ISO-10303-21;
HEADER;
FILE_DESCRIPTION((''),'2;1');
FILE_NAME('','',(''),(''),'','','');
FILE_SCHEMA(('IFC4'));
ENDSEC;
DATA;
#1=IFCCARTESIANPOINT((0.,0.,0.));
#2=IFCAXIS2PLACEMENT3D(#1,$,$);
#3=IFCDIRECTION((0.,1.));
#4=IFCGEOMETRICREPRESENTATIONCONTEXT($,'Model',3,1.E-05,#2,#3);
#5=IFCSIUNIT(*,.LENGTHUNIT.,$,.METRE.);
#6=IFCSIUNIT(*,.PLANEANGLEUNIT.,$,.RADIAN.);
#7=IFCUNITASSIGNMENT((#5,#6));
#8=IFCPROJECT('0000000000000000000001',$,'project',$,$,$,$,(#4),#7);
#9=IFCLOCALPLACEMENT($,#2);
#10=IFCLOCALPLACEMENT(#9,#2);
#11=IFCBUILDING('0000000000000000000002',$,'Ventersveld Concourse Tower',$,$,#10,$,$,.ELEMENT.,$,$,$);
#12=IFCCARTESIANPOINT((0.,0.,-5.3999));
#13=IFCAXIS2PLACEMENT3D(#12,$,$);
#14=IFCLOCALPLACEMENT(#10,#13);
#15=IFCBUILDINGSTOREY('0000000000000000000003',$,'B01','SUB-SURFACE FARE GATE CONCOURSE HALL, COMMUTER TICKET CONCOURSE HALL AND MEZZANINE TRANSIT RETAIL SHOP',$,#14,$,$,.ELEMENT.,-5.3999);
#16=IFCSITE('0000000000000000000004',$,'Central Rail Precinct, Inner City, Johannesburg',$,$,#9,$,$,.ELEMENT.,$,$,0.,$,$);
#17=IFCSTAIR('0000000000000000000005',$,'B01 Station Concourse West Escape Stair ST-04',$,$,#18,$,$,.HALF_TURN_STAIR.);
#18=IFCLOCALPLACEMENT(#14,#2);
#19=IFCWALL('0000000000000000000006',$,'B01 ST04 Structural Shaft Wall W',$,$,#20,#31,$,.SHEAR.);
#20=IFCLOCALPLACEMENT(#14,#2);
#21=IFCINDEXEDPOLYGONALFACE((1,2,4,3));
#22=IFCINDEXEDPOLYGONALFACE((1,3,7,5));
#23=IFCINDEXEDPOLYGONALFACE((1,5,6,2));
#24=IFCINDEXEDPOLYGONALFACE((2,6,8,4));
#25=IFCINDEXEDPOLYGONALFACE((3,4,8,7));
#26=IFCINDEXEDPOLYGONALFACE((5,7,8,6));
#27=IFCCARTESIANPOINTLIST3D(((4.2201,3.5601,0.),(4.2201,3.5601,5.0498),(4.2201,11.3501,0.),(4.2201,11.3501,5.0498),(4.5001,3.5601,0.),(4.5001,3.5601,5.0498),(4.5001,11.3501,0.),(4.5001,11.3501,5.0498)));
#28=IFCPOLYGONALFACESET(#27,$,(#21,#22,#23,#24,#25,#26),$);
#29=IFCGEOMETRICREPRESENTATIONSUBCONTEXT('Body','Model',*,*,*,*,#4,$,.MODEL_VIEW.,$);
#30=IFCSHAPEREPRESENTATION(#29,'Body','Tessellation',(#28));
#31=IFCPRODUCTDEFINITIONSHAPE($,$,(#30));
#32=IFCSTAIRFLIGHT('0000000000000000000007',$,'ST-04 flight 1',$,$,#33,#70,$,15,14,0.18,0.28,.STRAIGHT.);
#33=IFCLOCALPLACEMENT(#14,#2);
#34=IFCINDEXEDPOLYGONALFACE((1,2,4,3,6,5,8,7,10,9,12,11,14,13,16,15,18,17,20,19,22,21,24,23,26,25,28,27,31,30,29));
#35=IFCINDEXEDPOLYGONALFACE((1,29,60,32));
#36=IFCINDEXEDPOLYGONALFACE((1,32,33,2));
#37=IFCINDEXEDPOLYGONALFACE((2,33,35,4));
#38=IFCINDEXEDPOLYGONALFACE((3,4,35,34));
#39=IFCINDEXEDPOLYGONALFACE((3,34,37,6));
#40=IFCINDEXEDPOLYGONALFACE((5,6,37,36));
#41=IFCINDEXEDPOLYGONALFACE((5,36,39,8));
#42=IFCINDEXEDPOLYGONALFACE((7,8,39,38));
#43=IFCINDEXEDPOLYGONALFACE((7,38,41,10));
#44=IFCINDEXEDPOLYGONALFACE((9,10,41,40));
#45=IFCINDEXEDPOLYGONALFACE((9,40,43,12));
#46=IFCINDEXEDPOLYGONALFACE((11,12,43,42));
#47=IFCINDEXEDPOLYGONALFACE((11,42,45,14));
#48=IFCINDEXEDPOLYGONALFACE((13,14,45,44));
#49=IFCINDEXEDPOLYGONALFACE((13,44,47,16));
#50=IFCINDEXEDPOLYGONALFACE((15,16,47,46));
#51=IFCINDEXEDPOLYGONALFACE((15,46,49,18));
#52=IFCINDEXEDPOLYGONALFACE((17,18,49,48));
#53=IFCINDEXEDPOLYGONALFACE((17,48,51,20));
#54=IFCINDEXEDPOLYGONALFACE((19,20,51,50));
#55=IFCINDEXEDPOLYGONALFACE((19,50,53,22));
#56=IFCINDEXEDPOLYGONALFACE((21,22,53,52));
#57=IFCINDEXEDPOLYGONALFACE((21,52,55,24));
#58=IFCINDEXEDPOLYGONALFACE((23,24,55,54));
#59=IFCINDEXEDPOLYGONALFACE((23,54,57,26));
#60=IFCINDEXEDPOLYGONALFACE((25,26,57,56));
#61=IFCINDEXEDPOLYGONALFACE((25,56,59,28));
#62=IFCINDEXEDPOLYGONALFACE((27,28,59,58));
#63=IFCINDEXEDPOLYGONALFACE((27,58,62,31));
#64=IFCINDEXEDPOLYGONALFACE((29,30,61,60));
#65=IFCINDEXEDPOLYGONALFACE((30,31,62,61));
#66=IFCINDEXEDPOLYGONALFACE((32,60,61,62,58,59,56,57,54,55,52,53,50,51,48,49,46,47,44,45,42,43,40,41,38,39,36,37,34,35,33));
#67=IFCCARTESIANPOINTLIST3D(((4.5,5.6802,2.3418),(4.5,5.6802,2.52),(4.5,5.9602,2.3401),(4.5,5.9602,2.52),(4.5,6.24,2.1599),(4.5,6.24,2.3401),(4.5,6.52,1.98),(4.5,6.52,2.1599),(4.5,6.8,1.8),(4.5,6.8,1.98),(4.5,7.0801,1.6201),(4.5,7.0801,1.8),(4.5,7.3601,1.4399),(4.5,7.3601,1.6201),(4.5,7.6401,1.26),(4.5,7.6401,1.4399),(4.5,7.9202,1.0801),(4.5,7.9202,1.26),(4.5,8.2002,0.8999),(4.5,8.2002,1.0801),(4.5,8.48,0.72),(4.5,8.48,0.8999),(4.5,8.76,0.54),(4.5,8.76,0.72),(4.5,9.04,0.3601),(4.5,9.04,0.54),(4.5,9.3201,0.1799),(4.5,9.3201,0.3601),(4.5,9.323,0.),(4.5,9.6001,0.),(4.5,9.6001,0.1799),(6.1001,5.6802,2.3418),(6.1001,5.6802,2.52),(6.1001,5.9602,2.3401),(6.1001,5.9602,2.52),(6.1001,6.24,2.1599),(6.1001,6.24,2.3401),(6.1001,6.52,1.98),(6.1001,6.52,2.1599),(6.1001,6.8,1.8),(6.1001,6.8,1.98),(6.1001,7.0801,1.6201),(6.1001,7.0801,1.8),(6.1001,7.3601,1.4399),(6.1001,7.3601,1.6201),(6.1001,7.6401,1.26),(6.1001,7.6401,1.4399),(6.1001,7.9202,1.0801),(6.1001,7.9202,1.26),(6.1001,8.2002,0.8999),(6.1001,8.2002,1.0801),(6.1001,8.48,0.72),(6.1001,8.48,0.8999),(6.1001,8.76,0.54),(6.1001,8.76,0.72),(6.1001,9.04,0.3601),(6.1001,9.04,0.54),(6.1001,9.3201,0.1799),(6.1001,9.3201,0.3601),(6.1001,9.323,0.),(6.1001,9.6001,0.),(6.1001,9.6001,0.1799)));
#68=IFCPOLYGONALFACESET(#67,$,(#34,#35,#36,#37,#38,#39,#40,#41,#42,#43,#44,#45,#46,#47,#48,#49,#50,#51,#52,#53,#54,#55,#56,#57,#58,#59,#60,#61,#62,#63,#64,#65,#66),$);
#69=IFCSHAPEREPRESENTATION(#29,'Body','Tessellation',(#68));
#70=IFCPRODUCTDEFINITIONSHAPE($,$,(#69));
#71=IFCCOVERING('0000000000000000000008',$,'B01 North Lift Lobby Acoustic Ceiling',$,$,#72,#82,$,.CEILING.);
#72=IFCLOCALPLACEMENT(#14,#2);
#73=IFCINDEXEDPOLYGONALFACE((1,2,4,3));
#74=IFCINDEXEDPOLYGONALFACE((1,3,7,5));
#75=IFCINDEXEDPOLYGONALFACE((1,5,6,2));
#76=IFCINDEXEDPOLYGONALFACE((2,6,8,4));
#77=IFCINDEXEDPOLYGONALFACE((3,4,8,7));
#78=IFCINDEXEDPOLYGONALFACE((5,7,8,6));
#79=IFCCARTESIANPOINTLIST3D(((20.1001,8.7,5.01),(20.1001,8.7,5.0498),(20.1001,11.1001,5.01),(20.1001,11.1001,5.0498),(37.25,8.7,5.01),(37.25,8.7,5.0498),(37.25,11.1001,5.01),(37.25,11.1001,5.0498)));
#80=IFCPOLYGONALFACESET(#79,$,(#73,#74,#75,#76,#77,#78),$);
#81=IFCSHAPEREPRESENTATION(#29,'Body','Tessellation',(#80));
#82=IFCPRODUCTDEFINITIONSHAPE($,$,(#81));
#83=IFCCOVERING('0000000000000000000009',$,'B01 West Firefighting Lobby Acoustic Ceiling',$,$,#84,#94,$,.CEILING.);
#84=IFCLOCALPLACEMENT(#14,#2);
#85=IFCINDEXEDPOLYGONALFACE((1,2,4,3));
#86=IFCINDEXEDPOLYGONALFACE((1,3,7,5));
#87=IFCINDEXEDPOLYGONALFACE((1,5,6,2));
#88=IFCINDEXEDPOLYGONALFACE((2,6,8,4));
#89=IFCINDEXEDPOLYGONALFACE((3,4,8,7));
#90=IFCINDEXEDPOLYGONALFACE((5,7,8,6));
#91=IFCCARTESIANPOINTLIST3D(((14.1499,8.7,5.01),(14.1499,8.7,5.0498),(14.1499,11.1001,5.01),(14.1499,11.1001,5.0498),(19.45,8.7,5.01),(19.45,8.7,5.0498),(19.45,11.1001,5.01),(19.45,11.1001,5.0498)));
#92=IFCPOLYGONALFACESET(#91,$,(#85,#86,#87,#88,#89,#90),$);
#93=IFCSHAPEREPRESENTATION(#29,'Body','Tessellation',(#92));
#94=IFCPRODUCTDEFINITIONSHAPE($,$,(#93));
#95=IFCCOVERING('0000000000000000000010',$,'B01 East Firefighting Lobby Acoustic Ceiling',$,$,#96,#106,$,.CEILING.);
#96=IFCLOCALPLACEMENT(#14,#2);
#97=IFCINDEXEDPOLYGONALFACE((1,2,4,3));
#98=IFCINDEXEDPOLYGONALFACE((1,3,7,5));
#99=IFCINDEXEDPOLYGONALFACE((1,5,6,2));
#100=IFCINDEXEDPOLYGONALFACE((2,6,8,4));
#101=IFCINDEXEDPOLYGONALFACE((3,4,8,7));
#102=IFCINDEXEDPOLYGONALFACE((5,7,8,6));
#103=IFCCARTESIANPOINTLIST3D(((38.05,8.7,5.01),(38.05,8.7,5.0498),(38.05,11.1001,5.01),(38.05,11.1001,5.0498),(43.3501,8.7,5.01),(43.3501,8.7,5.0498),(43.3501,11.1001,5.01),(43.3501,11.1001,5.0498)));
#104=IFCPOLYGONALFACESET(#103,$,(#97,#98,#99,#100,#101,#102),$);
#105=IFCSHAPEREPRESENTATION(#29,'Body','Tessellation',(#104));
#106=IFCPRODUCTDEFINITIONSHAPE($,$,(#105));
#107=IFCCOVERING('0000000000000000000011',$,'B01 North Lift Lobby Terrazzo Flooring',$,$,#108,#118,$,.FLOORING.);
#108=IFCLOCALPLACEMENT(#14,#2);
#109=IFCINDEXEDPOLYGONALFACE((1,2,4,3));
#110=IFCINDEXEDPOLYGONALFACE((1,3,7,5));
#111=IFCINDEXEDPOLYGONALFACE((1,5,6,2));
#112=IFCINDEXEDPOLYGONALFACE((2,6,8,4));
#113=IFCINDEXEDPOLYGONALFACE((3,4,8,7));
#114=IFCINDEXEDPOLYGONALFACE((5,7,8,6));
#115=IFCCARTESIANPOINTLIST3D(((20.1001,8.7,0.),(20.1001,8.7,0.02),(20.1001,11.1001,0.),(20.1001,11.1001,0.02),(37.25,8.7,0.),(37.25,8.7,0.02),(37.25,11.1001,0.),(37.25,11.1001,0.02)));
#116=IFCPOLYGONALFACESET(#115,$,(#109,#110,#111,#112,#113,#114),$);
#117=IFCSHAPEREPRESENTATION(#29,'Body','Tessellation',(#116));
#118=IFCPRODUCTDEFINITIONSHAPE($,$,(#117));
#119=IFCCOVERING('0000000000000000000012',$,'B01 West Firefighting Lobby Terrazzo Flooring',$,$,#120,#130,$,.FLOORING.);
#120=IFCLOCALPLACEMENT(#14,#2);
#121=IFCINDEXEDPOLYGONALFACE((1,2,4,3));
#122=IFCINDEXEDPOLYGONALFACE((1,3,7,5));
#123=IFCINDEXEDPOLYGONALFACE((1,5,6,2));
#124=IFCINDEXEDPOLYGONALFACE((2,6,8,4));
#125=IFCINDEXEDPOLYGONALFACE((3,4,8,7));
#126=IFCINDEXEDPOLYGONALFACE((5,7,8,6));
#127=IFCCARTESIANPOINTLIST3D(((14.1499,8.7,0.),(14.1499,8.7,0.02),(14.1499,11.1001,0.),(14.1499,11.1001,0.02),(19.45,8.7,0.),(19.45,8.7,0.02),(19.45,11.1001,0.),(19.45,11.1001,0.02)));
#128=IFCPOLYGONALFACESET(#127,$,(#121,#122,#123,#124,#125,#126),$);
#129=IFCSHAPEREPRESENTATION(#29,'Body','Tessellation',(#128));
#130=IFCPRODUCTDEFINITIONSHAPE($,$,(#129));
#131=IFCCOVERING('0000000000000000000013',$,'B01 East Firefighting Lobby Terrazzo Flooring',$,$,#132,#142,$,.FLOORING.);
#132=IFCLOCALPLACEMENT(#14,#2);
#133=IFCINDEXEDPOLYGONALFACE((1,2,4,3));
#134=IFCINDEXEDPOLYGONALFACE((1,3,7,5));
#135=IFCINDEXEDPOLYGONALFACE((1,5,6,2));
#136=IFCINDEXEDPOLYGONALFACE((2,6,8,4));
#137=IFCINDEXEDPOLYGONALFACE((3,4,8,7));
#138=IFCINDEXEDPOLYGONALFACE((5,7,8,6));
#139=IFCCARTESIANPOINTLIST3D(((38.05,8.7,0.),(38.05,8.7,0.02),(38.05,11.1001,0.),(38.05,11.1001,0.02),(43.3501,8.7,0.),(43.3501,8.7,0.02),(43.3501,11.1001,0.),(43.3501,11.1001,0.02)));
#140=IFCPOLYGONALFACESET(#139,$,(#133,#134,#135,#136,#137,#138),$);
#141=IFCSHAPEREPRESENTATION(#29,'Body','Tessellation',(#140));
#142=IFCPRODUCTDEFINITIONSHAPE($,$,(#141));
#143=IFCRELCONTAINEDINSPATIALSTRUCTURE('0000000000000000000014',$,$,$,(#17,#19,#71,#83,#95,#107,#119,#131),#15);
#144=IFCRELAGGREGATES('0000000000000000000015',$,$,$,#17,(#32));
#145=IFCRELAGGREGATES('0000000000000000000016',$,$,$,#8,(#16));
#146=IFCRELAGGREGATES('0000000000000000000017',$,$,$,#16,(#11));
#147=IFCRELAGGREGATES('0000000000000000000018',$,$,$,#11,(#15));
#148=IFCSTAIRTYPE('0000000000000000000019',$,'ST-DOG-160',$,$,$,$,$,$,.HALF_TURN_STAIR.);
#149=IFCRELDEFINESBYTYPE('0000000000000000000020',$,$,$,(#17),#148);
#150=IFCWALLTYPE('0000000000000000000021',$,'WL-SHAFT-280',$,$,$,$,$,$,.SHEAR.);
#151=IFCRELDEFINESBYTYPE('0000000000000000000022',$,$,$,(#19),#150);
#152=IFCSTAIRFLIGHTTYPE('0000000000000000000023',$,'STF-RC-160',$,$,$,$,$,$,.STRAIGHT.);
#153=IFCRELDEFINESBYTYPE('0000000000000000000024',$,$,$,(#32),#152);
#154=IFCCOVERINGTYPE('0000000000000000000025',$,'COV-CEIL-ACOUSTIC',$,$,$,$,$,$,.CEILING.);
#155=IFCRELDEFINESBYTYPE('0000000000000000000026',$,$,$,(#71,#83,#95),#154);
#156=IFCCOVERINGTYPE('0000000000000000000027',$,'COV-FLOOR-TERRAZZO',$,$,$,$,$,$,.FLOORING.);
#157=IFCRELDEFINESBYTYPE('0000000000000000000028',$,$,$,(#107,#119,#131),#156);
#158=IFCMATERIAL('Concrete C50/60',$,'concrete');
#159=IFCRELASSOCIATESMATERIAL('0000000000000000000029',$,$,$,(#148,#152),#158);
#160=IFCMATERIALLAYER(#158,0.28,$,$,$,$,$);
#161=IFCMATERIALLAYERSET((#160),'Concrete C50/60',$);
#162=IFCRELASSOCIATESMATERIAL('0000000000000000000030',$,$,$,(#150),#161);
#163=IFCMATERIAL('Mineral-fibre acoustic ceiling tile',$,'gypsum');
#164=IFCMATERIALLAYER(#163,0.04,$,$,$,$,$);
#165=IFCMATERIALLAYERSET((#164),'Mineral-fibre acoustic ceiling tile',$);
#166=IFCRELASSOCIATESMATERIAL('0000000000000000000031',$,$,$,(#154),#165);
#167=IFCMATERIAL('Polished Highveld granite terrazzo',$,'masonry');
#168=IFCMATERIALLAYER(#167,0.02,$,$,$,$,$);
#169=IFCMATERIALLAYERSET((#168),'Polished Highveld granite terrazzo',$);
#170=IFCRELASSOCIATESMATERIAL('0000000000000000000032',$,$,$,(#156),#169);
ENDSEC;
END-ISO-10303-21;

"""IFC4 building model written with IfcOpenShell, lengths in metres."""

from ifc_helpers import new_model, si_unit, direction, frame, frame_2d, origin, place, context, subcontext, project, spatial, polyline, rectangle, outline, extrude, material, layer, layer_set, type_object, element, aggregate, save


model = new_model("IFC4")

# Units and contexts
model_context = context("Model", 3, precision=1e-05, world=origin(), true_north=direction((0.0, 1.0)))
body_context = subcontext(model_context, "Body", "Model", "MODEL_VIEW")
ifc_project = project(units=[si_unit("LENGTHUNIT", "METRE"), si_unit("PLANEANGLEUNIT", "RADIAN")], contexts=[model_context])

# Site, building, storey
site_placement = place(None, origin())
site = spatial("IfcSite", under=ifc_project, at=site_placement, Name="Central Rail Precinct, Inner City, Johannesburg", CompositionType="ELEMENT", RefElevation=0.0)
building_placement = place(site_placement, origin())
building = spatial("IfcBuilding", under=site, at=building_placement, Name="Ventersveld Concourse Tower", CompositionType="ELEMENT")
storey_placement = place(building_placement, frame((0.0, 0.0, -5.3999)))
storey = spatial("IfcBuildingStorey", under=building, at=storey_placement, Name="B01", Description="SUB-SURFACE FARE GATE CONCOURSE HALL, COMMUTER TICKET CONCOURSE HALL AND MEZZANINE TRANSIT RETAIL SHOP", CompositionType="ELEMENT", Elevation=-5.3999)

# Shared definitions
ifc_material_1 = material(Name="Concrete C50/60", Category="concrete")

# Stair
stair_type_1 = type_object("IfcStairType", Name="ST-DOG-160", PredefinedType="HALF_TURN_STAIR", material=ifc_material_1)
stair_1_placement = place(storey_placement, origin())
stair_1 = element("IfcStair", 1, at=stair_1_placement, inside=storey, type_object=stair_type_1, Name="B01 Station Concourse West Escape Stair ST-04", PredefinedType="HALF_TURN_STAIR")

# Wall
ifc_layer_1 = layer(ifc_material_1, 0.28)
ifc_layer_set_1 = layer_set([ifc_layer_1], Name="Concrete C50/60")
wall_type_1 = type_object("IfcWallType", Name="WL-SHAFT-280", PredefinedType="SHEAR", material=ifc_layer_set_1)
wall_1_placement = place(storey_placement, frame((4.3601, 3.5601, 0.0), z_axis=(0.0, 0.0, 1.0), x_axis=(0.0, 1.0, 0.0)))
element("IfcWall", 2, at=wall_1_placement, inside=storey, type_object=wall_type_1, Name="B01 ST04 Structural Shaft Wall W", PredefinedType="SHEAR", context=body_context, shape_type="SweptSolid", body=[
    extrude(rectangle(XDim=7.79, YDim=0.28, at=frame_2d((3.895, 0.0))), origin(), (0.0, 0.0, 1.0), 5.0498),
])

# Stair flight
stair_flight_type = type_object("IfcStairFlightType", Name="STF-RC-160", PredefinedType="STRAIGHT", material=ifc_material_1)
stair_flight_placement = place(storey_placement, frame((5.3, 9.6001, 0.0), z_axis=(0.0, 0.0, 1.0), x_axis=(0.0, -1.0, 0.0)))
stair_flight = element("IfcStairFlight", 3, at=stair_flight_placement, type_object=stair_flight_type, Name="ST-04 flight 1", NumberOfRisers=15, NumberOfTreads=14, PredefinedType="STRAIGHT", RiserHeight=0.18, TreadLength=0.28, context=body_context, shape_type="SweptSolid", body=[
    extrude(outline(polyline([(0.0, 0.0), (0.0, 0.1799), (0.28, 0.1799), (0.28, 0.3601), (0.5601, 0.3601), (0.5601, 0.54), (0.8401, 0.54), (0.8401, 0.72), (1.1201, 0.72), (1.1201, 0.8999), (1.3999, 0.8999), (1.3999, 1.0801), (1.6799, 1.0801), (1.6799, 1.26), (1.96, 1.26), (1.96, 1.4399), (2.24, 1.4399), (2.24, 1.6201), (2.52, 1.6201), (2.52, 1.8), (2.8, 1.8), (2.8, 1.98), (3.0801, 1.98), (3.0801, 2.1599), (3.3601, 2.1599), (3.3601, 2.3401), (3.6399, 2.3401), (3.6399, 2.52), (3.9199, 2.52), (3.9199, 2.7), (3.9199, 2.3418), (0.2771, 0.0), (0.0, 0.0)])), frame((0.0, 0.8, 0.0), z_axis=(0.0, -1.0, 0.0), x_axis=(1.0, 0.0, 0.0)), (0.0, 0.0, 1.0), 1.6001),
])
aggregate(stair_1, [stair_flight])

# Coverings
ifc_material_2 = material(Name="Mineral-fibre acoustic ceiling tile", Category="gypsum")
ifc_layer_2 = layer(ifc_material_2, 0.04)
ifc_layer_set_2 = layer_set([ifc_layer_2], Name="Mineral-fibre acoustic ceiling tile")
covering_type_1 = type_object("IfcCoveringType", Name="COV-CEIL-ACOUSTIC", PredefinedType="CEILING", material=ifc_layer_set_2)
covering_1_placement = place(storey_placement, frame((0.0, 0.0, 5.01)))
element("IfcCovering", 4, at=covering_1_placement, inside=storey, type_object=covering_type_1, Name="B01 North Lift Lobby Acoustic Ceiling", PredefinedType="CEILING", context=body_context, shape_type="SweptSolid", body=[
    extrude(outline(polyline([(20.1001, 8.7), (37.25, 8.7), (37.25, 11.1001), (20.1001, 11.1001), (20.1001, 8.7)])), origin(), (0.0, 0.0, 1.0), 0.0398),
])
covering_2_placement = place(storey_placement, frame((0.0, 0.0, 5.01)))
element("IfcCovering", 5, at=covering_2_placement, inside=storey, type_object=covering_type_1, Name="B01 West Firefighting Lobby Acoustic Ceiling", PredefinedType="CEILING", context=body_context, shape_type="SweptSolid", body=[
    extrude(outline(polyline([(14.1499, 8.7), (19.45, 8.7), (19.45, 11.1001), (14.1499, 11.1001), (14.1499, 8.7)])), origin(), (0.0, 0.0, 1.0), 0.0398),
])
covering_3_placement = place(storey_placement, frame((0.0, 0.0, 5.01)))
element("IfcCovering", 6, at=covering_3_placement, inside=storey, type_object=covering_type_1, Name="B01 East Firefighting Lobby Acoustic Ceiling", PredefinedType="CEILING", context=body_context, shape_type="SweptSolid", body=[
    extrude(outline(polyline([(38.05, 8.7), (43.3501, 8.7), (43.3501, 11.1001), (38.05, 11.1001), (38.05, 8.7)])), origin(), (0.0, 0.0, 1.0), 0.0398),
])
ifc_material_3 = material(Name="Polished Highveld granite terrazzo", Category="masonry")
ifc_layer_3 = layer(ifc_material_3, 0.02)
ifc_layer_set_3 = layer_set([ifc_layer_3], Name="Polished Highveld granite terrazzo")
covering_type_2 = type_object("IfcCoveringType", Name="COV-FLOOR-TERRAZZO", PredefinedType="FLOORING", material=ifc_layer_set_3)
covering_4_placement = place(storey_placement, origin())
element("IfcCovering", 7, at=covering_4_placement, inside=storey, type_object=covering_type_2, Name="B01 North Lift Lobby Terrazzo Flooring", PredefinedType="FLOORING", context=body_context, shape_type="SweptSolid", body=[
    extrude(outline(polyline([(20.1001, 8.7), (37.25, 8.7), (37.25, 11.1001), (20.1001, 11.1001), (20.1001, 8.7)])), origin(), (0.0, 0.0, 1.0), 0.02),
])
covering_5_placement = place(storey_placement, origin())
element("IfcCovering", 8, at=covering_5_placement, inside=storey, type_object=covering_type_2, Name="B01 West Firefighting Lobby Terrazzo Flooring", PredefinedType="FLOORING", context=body_context, shape_type="SweptSolid", body=[
    extrude(outline(polyline([(14.1499, 8.7), (19.45, 8.7), (19.45, 11.1001), (14.1499, 11.1001), (14.1499, 8.7)])), origin(), (0.0, 0.0, 1.0), 0.02),
])
covering_6_placement = place(storey_placement, origin())
element("IfcCovering", 9, at=covering_6_placement, inside=storey, type_object=covering_type_2, Name="B01 East Firefighting Lobby Terrazzo Flooring", PredefinedType="FLOORING", context=body_context, shape_type="SweptSolid", body=[
    extrude(outline(polyline([(38.05, 8.7), (43.3501, 8.7), (43.3501, 11.1001), (38.05, 11.1001), (38.05, 8.7)])), origin(), (0.0, 0.0, 1.0), 0.02),
])

save(model, "model.ifc")
